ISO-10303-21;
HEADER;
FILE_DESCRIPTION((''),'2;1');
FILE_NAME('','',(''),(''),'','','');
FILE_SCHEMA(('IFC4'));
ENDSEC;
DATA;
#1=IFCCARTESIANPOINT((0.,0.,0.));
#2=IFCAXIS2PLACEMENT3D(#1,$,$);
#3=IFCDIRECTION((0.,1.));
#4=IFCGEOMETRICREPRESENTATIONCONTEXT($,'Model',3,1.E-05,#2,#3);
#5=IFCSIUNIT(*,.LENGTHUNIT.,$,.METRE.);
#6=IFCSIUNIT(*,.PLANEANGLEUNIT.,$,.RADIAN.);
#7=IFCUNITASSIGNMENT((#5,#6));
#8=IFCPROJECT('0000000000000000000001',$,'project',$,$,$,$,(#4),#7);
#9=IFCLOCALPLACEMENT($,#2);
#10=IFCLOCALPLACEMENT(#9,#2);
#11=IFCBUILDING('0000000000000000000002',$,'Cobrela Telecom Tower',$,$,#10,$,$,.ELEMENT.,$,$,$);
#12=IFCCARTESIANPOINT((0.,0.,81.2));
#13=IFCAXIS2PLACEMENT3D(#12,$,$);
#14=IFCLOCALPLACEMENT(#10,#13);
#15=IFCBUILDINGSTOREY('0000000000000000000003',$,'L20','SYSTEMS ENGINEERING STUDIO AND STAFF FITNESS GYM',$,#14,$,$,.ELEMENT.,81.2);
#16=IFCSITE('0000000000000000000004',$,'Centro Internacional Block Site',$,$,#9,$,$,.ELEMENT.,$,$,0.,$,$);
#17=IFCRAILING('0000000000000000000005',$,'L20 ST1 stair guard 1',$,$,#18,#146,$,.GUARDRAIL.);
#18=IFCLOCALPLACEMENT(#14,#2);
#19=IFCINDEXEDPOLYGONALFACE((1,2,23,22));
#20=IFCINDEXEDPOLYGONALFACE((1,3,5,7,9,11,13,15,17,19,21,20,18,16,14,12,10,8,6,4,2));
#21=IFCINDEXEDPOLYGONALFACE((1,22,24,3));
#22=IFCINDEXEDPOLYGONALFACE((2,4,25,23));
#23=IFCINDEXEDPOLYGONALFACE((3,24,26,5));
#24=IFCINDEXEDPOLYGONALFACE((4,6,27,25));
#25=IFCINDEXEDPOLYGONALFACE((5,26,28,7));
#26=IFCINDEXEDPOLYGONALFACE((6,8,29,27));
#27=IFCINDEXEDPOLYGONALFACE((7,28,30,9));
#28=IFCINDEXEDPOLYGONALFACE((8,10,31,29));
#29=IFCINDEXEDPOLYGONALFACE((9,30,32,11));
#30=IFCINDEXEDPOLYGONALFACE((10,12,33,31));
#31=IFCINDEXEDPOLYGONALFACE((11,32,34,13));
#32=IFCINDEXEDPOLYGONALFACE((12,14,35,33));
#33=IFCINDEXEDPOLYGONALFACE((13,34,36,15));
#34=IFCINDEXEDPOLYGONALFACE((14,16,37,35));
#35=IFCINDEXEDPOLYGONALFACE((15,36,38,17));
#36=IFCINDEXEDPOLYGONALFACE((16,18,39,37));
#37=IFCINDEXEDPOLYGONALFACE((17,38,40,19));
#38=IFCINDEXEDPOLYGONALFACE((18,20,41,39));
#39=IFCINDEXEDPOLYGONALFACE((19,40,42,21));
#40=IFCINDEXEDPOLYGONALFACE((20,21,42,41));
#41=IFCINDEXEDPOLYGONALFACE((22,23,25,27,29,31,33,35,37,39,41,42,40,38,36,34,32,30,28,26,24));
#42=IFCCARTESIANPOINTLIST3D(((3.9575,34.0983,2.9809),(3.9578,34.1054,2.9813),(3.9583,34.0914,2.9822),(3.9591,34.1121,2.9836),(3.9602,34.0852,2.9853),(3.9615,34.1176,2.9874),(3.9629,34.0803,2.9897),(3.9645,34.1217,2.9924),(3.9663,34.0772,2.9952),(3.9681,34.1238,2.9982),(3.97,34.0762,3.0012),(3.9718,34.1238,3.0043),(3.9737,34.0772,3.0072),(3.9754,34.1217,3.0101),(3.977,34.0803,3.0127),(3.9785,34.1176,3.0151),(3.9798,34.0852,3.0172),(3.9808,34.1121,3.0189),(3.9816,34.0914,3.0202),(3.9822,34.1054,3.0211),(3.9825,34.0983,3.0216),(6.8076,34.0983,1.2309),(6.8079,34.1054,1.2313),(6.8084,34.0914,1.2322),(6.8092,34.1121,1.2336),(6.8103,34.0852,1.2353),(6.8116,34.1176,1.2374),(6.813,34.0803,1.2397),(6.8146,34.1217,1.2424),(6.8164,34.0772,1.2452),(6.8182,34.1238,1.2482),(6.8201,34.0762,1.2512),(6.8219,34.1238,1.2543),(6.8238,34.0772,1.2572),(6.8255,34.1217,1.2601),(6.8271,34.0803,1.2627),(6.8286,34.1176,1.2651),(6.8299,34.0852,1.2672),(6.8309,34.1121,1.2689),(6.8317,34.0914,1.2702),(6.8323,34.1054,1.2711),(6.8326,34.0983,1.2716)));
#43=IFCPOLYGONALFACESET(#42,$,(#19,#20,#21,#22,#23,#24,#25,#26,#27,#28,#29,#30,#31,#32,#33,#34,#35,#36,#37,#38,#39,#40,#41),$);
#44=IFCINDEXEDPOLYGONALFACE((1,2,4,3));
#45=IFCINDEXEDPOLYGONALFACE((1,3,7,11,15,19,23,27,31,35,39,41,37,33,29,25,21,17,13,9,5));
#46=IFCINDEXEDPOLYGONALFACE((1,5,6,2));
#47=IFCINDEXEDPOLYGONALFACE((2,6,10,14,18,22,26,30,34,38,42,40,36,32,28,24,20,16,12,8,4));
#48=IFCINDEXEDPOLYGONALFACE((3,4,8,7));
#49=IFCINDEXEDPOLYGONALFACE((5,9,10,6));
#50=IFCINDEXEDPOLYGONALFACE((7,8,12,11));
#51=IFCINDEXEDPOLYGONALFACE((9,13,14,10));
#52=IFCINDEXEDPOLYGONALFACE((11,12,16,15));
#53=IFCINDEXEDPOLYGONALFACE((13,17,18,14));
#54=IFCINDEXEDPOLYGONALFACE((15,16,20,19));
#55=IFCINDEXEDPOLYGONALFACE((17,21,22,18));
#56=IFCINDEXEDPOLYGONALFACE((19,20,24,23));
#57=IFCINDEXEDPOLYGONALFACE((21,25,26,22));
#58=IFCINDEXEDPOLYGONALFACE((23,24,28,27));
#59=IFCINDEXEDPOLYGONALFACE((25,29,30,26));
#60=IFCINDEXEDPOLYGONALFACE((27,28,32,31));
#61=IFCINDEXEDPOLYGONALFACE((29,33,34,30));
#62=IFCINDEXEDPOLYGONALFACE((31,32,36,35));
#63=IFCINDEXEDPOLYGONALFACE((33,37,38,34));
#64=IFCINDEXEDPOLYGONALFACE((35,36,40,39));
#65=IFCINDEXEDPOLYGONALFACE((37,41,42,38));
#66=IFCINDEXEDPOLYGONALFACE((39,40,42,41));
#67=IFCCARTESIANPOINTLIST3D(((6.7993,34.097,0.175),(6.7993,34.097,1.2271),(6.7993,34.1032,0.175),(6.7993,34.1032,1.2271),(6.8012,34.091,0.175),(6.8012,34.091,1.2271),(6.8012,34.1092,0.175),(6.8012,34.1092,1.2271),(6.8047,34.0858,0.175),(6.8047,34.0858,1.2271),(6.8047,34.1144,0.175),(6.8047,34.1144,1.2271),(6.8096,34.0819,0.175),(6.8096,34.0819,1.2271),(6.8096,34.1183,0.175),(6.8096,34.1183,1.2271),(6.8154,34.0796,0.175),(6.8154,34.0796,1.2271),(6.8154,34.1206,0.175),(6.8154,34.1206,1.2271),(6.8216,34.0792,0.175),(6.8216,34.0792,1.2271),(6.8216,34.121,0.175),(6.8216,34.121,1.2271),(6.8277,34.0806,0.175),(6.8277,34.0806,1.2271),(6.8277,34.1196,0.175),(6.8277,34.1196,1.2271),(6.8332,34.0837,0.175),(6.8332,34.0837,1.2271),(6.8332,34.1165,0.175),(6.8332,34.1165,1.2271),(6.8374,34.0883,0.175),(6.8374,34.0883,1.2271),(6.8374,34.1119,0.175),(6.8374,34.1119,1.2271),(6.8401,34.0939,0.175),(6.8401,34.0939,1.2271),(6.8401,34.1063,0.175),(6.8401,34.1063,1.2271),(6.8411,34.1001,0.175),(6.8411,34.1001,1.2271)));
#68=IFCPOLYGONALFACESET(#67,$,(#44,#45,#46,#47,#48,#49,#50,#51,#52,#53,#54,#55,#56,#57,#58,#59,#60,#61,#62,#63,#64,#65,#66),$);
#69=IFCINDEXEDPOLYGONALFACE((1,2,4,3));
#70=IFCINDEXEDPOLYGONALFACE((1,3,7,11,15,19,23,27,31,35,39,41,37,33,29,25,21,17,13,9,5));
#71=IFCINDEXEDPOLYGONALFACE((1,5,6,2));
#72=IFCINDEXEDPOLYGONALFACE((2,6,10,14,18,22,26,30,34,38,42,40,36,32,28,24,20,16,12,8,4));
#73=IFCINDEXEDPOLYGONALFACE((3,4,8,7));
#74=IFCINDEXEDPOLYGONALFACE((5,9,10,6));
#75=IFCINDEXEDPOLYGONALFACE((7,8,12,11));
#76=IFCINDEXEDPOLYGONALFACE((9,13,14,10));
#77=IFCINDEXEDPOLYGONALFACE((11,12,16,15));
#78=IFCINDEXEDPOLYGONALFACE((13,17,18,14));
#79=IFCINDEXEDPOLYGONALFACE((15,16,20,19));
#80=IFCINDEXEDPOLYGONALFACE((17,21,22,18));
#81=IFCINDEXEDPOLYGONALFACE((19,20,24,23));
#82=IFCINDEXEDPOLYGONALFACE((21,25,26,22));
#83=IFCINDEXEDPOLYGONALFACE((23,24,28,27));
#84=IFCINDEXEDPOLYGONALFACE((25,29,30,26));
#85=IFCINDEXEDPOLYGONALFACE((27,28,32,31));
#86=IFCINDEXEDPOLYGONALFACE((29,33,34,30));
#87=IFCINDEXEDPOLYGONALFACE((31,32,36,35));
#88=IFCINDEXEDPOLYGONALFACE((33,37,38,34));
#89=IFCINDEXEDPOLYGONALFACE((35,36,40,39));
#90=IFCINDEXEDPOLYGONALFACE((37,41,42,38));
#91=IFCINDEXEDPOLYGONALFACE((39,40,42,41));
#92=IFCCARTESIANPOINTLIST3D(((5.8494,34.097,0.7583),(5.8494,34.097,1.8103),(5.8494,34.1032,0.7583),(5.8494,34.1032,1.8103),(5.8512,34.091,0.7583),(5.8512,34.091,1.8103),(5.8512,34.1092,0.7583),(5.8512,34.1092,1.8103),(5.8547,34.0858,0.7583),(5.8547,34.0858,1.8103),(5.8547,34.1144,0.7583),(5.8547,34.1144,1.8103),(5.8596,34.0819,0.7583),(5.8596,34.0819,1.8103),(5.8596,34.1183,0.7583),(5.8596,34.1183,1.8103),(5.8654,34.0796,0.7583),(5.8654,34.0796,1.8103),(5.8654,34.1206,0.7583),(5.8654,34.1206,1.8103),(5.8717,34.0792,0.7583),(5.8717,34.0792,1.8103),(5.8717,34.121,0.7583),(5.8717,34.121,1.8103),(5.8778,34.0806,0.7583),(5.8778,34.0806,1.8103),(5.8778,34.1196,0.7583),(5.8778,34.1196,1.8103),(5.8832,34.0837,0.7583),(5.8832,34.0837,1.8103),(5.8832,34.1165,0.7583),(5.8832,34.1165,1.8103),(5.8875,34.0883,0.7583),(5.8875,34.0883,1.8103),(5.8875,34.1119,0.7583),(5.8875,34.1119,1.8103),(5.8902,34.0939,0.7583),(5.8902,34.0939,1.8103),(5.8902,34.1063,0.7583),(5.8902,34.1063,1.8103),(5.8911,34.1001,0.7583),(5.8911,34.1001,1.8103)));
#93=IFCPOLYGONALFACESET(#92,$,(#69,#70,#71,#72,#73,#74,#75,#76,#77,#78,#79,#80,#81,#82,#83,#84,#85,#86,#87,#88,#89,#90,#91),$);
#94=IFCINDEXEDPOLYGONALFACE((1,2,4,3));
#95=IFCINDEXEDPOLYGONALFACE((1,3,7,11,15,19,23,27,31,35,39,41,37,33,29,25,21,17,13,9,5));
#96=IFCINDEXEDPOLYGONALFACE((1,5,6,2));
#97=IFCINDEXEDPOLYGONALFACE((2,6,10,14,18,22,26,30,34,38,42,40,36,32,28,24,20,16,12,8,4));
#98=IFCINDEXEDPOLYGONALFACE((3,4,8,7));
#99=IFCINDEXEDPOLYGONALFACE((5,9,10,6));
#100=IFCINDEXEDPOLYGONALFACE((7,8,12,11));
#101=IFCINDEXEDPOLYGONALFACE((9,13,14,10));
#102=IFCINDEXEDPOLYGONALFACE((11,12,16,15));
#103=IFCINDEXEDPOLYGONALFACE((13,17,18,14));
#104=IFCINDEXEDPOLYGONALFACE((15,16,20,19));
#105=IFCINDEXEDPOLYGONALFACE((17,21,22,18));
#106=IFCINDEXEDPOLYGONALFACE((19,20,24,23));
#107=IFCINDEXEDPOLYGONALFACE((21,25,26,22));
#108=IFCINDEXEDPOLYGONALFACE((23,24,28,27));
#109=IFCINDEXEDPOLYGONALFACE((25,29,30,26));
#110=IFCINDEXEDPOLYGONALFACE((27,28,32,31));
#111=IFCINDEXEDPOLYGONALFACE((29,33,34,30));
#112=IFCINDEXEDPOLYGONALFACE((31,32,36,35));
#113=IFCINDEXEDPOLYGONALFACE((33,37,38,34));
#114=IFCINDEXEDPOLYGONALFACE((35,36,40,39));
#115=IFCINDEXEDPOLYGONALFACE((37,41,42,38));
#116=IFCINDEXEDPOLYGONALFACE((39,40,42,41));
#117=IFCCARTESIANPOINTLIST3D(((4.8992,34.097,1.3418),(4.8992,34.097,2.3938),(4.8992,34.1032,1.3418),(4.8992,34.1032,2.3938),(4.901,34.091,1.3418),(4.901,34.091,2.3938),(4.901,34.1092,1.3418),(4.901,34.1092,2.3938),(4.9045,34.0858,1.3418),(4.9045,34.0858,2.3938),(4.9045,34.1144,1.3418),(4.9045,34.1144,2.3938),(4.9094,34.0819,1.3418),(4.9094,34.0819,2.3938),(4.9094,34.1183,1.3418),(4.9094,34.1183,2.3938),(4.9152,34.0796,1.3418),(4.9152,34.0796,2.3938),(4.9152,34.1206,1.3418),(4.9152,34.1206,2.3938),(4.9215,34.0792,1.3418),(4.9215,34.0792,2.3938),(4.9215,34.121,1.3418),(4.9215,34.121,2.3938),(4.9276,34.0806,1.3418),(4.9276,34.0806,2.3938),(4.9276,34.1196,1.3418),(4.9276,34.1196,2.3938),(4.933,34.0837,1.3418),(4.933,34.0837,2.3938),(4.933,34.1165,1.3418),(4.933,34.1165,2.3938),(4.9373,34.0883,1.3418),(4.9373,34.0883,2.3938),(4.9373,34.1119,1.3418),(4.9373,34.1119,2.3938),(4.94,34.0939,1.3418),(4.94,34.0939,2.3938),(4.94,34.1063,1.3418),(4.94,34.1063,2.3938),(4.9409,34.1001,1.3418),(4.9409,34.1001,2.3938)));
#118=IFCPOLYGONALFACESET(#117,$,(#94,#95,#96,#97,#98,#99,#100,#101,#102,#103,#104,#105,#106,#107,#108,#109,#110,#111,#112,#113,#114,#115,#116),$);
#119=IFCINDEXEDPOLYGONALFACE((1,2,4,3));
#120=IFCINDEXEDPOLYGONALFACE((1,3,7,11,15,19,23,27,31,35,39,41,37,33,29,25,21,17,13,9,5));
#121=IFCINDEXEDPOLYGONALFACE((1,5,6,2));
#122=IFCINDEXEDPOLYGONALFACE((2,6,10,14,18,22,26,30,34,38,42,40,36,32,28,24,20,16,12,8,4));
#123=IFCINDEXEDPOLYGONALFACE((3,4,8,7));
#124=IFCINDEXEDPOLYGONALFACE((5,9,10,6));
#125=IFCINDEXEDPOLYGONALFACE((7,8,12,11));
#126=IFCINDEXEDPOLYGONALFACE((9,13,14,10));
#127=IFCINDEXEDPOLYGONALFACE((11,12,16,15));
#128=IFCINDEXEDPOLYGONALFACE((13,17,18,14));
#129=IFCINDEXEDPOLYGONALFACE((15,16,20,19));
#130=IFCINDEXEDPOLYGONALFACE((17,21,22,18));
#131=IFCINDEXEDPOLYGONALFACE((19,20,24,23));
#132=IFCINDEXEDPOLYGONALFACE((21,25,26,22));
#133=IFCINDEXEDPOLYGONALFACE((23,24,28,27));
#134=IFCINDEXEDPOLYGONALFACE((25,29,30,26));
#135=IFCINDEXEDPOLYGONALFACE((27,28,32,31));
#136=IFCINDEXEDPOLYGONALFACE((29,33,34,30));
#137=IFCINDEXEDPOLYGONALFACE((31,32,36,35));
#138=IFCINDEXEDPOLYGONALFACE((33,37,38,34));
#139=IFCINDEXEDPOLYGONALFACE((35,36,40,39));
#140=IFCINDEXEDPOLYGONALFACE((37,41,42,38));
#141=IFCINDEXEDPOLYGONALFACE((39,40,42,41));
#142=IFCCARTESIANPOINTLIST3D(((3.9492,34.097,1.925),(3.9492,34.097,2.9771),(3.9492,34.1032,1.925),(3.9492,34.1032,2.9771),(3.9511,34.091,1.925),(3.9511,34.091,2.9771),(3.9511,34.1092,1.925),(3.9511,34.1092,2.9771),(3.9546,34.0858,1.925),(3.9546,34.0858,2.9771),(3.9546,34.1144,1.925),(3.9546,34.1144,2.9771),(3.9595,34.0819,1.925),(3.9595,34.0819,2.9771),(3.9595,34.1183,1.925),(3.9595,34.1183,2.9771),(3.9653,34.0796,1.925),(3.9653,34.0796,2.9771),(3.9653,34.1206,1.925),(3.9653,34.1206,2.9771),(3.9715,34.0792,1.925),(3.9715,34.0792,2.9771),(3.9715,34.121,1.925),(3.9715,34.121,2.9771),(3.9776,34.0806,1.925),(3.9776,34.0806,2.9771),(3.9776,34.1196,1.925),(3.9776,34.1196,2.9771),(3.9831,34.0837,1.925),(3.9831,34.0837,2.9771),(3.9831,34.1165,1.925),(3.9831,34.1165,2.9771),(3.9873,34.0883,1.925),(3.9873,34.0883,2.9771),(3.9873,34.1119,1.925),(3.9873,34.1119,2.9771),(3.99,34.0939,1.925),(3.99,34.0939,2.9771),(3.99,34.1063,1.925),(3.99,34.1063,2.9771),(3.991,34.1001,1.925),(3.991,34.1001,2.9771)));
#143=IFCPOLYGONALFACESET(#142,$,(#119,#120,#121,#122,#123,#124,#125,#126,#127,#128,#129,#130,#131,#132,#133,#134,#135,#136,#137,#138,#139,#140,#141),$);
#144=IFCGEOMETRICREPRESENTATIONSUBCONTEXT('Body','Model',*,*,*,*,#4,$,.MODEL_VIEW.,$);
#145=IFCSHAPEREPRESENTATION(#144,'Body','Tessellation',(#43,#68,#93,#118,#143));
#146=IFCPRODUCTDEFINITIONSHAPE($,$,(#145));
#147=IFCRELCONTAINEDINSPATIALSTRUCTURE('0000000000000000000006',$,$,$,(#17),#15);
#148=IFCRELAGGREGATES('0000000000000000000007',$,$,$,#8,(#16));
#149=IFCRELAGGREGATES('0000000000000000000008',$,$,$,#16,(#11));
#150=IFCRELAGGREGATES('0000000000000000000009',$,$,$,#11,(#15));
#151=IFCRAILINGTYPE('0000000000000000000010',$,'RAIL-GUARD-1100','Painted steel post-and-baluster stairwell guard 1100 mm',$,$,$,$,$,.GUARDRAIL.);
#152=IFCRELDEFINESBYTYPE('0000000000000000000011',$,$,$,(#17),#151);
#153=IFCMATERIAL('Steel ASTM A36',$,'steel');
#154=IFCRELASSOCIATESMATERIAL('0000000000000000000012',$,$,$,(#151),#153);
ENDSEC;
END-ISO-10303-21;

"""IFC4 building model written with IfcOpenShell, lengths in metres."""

from ifc_helpers import new_model, si_unit, direction, frame, origin, origin_2d, place, context, subcontext, project, spatial, circle, extrude, material, type_object, element, save


model = new_model("IFC4")

# Units and contexts
model_context = context("Model", 3, precision=1e-05, world=origin(), true_north=direction((0.0, 1.0)))
body_context = subcontext(model_context, "Body", "Model", "MODEL_VIEW")
ifc_project = project(units=[si_unit("LENGTHUNIT", "METRE"), si_unit("PLANEANGLEUNIT", "RADIAN")], contexts=[model_context])

# Site, building, storey
site_placement = place(None, origin())
site = spatial("IfcSite", under=ifc_project, at=site_placement, Name="Centro Internacional Block Site", CompositionType="ELEMENT", RefElevation=0.0)
building_placement = place(site_placement, origin())
building = spatial("IfcBuilding", under=site, at=building_placement, Name="Cobrela Telecom Tower", CompositionType="ELEMENT")
storey_placement = place(building_placement, frame((0.0, 0.0, 81.2)))
storey = spatial("IfcBuildingStorey", under=building, at=storey_placement, Name="L20", Description="SYSTEMS ENGINEERING STUDIO AND STAFF FITNESS GYM", CompositionType="ELEMENT", Elevation=81.2)

# Shared definitions
ifc_material_1 = material(Name="Steel ASTM A36", Category="steel")

# Railing
railing_type_1 = type_object("IfcRailingType", Name="RAIL-GUARD-1100", Description="Painted steel post-and-baluster stairwell guard 1100 mm", PredefinedType="GUARDRAIL", material=ifc_material_1)
railing_1_placement = place(storey_placement, frame((6.8201, 34.1001, 0.175)))
element("IfcRailing", 1, at=railing_1_placement, inside=storey, type_object=railing_type_1, Name="L20 ST1 stair guard 1", PredefinedType="GUARDRAIL", context=body_context, shape_type="SweptSolid", body=[
    extrude(circle(Radius=0.0239, at=origin_2d()), frame((0.0, 0.0, 1.0762), z_axis=(-0.852179, 0.0, 0.52325), x_axis=(0.0, -1.0, 0.0)), (0.0, 0.0, 1.0), 3.3445),
    extrude(circle(Radius=0.021, at=origin_2d()), origin(), (0.0, 0.0, 1.0), 1.052),
    extrude(circle(Radius=0.021, at=origin_2d()), frame((-0.95, 0.0, 0.5833)), (0.0, 0.0, 1.0), 1.052),
    extrude(circle(Radius=0.021, at=origin_2d()), frame((-1.9001, 0.0, 1.1667)), (0.0, 0.0, 1.0), 1.052),
    extrude(circle(Radius=0.021, at=origin_2d()), frame((-2.8501, 0.0, 1.75)), (0.0, 0.0, 1.0), 1.052),
])

save(model, "model.ifc")
